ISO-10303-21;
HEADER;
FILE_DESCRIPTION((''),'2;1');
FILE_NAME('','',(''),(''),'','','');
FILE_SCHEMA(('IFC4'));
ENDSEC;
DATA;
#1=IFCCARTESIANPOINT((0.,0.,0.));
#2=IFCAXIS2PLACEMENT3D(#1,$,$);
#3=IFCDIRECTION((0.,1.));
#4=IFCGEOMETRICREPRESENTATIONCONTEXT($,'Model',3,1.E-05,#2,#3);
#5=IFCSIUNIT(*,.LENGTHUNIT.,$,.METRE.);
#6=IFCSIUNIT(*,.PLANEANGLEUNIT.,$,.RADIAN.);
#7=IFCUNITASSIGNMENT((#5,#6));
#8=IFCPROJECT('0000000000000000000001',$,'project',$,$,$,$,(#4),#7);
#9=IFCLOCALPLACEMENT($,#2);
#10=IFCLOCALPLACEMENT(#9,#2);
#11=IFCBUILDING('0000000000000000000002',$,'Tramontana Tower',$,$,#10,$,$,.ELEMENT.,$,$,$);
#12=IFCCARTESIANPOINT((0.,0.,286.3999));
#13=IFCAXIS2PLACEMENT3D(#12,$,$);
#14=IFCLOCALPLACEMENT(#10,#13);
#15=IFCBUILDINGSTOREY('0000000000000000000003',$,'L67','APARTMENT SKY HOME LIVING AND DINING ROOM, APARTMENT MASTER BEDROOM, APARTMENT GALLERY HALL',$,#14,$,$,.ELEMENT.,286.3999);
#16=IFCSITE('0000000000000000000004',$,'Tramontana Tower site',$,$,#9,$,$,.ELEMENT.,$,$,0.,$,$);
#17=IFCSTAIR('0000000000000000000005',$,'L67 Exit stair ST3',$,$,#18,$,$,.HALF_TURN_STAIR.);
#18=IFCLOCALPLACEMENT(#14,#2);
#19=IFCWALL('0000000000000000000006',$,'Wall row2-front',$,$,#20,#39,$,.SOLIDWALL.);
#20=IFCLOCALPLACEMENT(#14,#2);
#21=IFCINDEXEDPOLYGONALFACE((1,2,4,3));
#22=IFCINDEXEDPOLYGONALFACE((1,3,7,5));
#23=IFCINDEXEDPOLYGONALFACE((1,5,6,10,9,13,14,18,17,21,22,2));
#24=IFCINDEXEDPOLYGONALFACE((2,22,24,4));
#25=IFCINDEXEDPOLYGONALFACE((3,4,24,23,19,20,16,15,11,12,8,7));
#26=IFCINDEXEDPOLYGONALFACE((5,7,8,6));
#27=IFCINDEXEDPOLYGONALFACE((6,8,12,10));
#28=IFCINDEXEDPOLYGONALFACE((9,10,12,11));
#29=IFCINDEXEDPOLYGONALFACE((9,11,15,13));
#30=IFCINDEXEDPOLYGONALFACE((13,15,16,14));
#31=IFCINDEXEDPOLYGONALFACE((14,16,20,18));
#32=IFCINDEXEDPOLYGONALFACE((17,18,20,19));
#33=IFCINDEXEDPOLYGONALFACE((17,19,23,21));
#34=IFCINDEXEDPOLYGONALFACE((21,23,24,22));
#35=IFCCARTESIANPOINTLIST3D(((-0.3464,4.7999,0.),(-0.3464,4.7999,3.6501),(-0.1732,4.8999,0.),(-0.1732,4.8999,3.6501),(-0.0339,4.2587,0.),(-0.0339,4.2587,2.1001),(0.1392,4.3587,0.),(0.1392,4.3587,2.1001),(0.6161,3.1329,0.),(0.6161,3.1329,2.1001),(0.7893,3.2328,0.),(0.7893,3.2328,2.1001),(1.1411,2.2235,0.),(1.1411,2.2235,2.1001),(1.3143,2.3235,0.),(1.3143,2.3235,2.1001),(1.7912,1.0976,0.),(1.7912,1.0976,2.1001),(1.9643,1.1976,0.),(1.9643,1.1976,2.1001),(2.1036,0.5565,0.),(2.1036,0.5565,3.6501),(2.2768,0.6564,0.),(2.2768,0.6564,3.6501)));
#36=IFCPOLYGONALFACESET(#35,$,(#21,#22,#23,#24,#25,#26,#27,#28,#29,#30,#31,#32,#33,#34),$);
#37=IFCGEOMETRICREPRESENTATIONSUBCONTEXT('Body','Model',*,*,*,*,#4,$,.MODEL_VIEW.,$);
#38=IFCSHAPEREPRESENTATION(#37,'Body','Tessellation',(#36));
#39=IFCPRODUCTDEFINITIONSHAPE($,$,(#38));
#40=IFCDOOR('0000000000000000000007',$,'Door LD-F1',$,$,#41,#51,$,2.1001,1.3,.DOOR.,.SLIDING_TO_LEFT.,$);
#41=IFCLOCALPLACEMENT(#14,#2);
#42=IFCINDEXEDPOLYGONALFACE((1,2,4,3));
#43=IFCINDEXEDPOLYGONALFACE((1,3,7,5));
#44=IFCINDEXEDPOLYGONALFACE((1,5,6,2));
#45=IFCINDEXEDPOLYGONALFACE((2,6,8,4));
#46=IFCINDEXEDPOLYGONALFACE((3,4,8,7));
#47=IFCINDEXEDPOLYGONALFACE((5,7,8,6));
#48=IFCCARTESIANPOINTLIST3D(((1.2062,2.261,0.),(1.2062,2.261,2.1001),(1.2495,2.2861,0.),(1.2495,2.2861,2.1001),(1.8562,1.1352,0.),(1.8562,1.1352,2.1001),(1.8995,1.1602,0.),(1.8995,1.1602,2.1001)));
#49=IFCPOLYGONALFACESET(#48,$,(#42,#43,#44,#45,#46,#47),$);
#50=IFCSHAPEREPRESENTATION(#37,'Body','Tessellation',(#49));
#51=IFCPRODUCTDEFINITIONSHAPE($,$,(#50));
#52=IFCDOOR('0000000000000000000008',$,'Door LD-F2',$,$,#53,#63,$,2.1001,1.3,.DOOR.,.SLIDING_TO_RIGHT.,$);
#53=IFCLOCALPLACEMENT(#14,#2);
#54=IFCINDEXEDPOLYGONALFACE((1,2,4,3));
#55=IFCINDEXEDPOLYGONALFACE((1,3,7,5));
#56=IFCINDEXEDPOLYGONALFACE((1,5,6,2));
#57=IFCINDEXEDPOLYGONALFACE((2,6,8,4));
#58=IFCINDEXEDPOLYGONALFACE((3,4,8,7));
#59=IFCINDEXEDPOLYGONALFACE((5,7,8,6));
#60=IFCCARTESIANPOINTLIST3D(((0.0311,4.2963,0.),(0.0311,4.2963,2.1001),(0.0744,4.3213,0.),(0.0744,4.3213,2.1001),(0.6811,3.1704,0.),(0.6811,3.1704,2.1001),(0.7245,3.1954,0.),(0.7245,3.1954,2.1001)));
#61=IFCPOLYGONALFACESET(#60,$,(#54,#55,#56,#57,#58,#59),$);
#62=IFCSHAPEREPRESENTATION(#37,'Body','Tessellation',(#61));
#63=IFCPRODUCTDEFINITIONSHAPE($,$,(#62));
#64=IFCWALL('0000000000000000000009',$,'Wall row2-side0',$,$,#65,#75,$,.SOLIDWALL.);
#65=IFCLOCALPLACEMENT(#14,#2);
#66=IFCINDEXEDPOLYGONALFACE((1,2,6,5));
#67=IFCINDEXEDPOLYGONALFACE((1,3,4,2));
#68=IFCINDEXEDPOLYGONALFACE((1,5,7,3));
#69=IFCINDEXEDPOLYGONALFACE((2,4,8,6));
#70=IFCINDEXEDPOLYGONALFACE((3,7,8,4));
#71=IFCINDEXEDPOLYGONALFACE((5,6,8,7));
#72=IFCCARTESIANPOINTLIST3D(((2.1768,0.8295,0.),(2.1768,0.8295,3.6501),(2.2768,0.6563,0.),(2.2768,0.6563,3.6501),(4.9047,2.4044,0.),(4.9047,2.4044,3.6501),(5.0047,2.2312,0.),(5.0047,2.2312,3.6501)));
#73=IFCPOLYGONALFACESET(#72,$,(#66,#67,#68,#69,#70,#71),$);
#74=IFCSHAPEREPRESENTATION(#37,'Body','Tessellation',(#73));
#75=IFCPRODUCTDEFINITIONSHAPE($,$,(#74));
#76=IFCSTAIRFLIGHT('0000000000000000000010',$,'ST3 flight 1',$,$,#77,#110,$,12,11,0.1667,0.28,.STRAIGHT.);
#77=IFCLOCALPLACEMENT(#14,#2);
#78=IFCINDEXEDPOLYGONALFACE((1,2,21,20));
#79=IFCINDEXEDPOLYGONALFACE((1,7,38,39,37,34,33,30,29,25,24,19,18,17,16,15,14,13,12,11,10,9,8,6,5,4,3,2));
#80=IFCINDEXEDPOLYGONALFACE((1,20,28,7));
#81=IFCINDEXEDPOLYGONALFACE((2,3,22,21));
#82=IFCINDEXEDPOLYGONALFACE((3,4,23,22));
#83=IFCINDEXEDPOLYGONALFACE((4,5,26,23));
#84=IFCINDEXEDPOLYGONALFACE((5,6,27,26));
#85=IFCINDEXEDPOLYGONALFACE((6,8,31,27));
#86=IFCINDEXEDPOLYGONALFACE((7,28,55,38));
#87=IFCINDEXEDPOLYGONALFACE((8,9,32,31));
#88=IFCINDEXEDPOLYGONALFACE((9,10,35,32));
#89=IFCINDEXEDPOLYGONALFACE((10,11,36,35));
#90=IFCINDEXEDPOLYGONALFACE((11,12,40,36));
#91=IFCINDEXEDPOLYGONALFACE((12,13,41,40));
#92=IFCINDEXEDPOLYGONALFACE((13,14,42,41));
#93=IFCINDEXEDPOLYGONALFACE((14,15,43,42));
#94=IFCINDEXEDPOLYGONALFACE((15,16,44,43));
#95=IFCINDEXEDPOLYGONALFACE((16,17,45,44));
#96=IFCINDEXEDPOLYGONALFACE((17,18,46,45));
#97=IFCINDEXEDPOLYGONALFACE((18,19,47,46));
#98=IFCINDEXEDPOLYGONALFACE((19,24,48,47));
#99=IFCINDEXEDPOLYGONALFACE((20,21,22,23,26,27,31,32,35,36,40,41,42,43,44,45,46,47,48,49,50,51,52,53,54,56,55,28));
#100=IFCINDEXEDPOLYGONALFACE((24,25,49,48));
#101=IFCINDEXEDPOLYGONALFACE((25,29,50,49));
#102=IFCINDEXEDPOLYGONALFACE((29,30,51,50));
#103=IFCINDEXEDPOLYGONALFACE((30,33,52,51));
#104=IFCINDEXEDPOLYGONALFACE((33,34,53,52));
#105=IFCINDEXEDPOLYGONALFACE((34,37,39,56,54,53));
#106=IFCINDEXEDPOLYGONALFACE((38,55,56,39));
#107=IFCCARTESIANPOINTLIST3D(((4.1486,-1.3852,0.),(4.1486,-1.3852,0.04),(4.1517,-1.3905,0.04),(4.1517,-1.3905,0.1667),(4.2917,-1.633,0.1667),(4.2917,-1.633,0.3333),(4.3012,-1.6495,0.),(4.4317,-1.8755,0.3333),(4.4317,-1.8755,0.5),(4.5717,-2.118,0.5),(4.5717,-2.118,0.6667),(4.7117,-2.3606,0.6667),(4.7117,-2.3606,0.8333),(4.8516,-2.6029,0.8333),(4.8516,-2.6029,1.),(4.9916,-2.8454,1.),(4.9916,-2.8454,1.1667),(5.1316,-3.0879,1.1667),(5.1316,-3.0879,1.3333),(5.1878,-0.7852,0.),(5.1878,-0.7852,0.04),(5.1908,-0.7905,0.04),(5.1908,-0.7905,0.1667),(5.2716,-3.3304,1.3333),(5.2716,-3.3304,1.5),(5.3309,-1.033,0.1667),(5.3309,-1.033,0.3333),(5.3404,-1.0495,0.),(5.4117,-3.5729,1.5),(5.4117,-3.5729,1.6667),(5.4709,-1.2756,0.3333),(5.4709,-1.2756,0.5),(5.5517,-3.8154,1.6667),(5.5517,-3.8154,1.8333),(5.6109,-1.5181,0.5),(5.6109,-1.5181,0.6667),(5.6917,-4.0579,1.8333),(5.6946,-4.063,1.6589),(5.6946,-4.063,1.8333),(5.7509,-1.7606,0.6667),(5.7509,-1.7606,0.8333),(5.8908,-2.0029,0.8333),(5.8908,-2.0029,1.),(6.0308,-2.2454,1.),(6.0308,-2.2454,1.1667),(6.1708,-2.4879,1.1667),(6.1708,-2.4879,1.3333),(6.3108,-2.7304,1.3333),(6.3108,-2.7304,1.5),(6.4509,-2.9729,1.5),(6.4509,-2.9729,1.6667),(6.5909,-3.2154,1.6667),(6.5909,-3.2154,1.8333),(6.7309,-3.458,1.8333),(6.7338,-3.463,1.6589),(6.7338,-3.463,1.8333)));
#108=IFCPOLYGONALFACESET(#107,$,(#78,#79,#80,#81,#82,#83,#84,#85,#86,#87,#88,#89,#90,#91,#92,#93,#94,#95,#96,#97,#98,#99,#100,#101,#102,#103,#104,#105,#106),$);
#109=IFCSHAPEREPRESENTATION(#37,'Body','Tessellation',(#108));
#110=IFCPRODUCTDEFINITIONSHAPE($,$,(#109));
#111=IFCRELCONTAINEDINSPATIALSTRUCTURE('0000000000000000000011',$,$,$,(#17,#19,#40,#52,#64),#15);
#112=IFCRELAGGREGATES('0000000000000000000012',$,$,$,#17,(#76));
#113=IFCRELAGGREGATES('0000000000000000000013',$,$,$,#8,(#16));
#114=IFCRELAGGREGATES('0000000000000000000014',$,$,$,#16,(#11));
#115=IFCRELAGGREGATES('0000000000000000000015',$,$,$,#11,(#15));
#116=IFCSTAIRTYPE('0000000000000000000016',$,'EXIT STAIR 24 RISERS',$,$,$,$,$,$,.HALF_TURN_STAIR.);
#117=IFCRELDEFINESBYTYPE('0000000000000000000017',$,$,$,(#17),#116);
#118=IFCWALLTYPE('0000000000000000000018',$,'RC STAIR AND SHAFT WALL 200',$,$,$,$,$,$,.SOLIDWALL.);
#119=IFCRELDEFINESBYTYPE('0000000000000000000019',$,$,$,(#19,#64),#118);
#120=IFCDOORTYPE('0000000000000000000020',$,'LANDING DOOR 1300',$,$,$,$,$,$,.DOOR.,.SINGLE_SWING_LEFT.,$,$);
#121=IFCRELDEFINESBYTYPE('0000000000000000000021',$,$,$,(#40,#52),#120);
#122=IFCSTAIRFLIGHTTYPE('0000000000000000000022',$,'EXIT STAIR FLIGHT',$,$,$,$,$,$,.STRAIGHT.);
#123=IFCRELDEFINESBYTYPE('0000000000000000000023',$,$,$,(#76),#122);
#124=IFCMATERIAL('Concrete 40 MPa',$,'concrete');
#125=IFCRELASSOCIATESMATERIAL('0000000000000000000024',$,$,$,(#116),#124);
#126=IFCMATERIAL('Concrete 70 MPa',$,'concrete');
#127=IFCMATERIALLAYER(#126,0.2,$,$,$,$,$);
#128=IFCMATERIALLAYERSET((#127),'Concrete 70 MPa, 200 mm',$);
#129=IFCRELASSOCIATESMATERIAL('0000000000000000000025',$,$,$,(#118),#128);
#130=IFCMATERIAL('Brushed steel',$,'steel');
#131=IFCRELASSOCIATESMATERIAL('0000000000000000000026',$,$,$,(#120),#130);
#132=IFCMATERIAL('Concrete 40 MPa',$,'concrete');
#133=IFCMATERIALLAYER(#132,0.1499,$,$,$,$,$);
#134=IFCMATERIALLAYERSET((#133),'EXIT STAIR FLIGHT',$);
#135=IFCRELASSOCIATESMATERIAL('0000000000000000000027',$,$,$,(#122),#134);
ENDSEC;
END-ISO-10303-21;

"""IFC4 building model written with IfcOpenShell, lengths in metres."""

from ifc_helpers import new_model, si_unit, direction, frame, frame_2d, origin, place, context, subcontext, project, spatial, polyline, rectangle, outline, extrude, material, layer, layer_set, type_object, element, fill, aggregate, save


model = new_model("IFC4")

# Units and contexts
model_context = context("Model", 3, precision=1e-05, world=origin(), true_north=direction((0.0, 1.0)))
body_context = subcontext(model_context, "Body", "Model", "MODEL_VIEW")
ifc_project = project(units=[si_unit("LENGTHUNIT", "METRE"), si_unit("PLANEANGLEUNIT", "RADIAN")], contexts=[model_context])

# Site, building, storey
site_placement = place(None, origin())
site = spatial("IfcSite", under=ifc_project, at=site_placement, Name="Tramontana Tower site", CompositionType="ELEMENT", RefElevation=0.0)
building_placement = place(site_placement, origin())
building = spatial("IfcBuilding", under=site, at=building_placement, Name="Tramontana Tower", CompositionType="ELEMENT")
storey_placement = place(building_placement, frame((0.0, 0.0, 286.3999)))
storey = spatial("IfcBuildingStorey", under=building, at=storey_placement, Name="L67", Description="APARTMENT SKY HOME LIVING AND DINING ROOM, APARTMENT MASTER BEDROOM, APARTMENT GALLERY HALL", CompositionType="ELEMENT", Elevation=286.3999)

# Stair
ifc_material_1 = material(Name="Concrete 40 MPa", Category="concrete")
stair_type = type_object("IfcStairType", Name="EXIT STAIR 24 RISERS", PredefinedType="HALF_TURN_STAIR", material=ifc_material_1)
stair_1_placement = place(storey_placement, origin())
stair_1 = element("IfcStair", 1, at=stair_1_placement, inside=storey, type_object=stair_type, Name="L67 Exit stair ST3", PredefinedType="HALF_TURN_STAIR")

# Shared definitions
ifc_material_2 = material(Name="Concrete 70 MPa", Category="concrete")
ifc_layer_1 = layer(ifc_material_2, 0.2)
ifc_layer_set_1 = layer_set([ifc_layer_1], Name="Concrete 70 MPa, 200 mm")
wall_type_1 = type_object("IfcWallType", Name="RC STAIR AND SHAFT WALL 200", PredefinedType="SOLIDWALL", material=ifc_layer_set_1)

# Wall, openings, doors
wall_1_placement = place(storey_placement, frame((2.1902, 0.6064, 0.0), z_axis=(0.0, 0.0, 1.0), x_axis=(-0.500003, 0.866024, 0.0)))
wall_1 = element("IfcWall", 2, at=wall_1_placement, inside=storey, type_object=wall_type_1, Name="Wall row2-front", PredefinedType="SOLIDWALL", context=body_context, shape_type="SweptSolid", body=[
    extrude(rectangle(XDim=4.8999, YDim=0.2, at=frame_2d((2.45, 0.0))), origin(), (0.0, 0.0, 1.0), 3.6501),
])
opening_1_placement = place(wall_1_placement, frame((0.625, 0.0, 0.0)))
opening_1 = element("IfcOpeningElement", 3, at=opening_1_placement, cuts=wall_1, PredefinedType="OPENING", context=body_context, shape_type="SweptSolid", body=[
    extrude(rectangle(XDim=1.3, YDim=2.1001, at=frame_2d((0.6499, 1.05))), frame((0.0, 0.1099, 0.0), z_axis=(0.0, -1.0, 0.0), x_axis=(1.0, 0.0, 0.0)), (0.0, 0.0, 1.0), 0.22),
])
opening_2_placement = place(wall_1_placement, frame((2.9751, 0.0, 0.0)))
opening_2 = element("IfcOpeningElement", 4, at=opening_2_placement, cuts=wall_1, PredefinedType="OPENING", context=body_context, shape_type="SweptSolid", body=[
    extrude(rectangle(XDim=1.3, YDim=2.1001, at=frame_2d((0.6499, 1.05))), frame((0.0, 0.1099, 0.0), z_axis=(0.0, -1.0, 0.0), x_axis=(1.0, 0.0, 0.0)), (0.0, 0.0, 1.0), 0.22),
])
ifc_material_3 = material(Name="Brushed steel", Category="steel")
door_type_1 = type_object("IfcDoorType", Name="LANDING DOOR 1300", OperationType="SINGLE_SWING_LEFT", PredefinedType="DOOR", material=ifc_material_3)
door_1_placement = place(opening_1_placement, origin())
door_1 = element("IfcDoor", 5, at=door_1_placement, inside=storey, type_object=door_type_1, Name="Door LD-F1", OperationType="SLIDING_TO_LEFT", OverallHeight=2.1001, OverallWidth=1.3, PredefinedType="DOOR", context=body_context, shape_type="SweptSolid", body=[
    extrude(rectangle(XDim=1.3, YDim=2.1001, at=frame_2d((0.6499, 1.05))), frame((0.0, 0.0249, 0.0), z_axis=(0.0, -1.0, 0.0), x_axis=(1.0, 0.0, 0.0)), (0.0, 0.0, 1.0), 0.05),
])
fill(opening_1, door_1)
door_2_placement = place(opening_2_placement, origin())
door_2 = element("IfcDoor", 6, at=door_2_placement, inside=storey, type_object=door_type_1, Name="Door LD-F2", OperationType="SLIDING_TO_RIGHT", OverallHeight=2.1001, OverallWidth=1.3, PredefinedType="DOOR", context=body_context, shape_type="SweptSolid", body=[
    extrude(rectangle(XDim=1.3, YDim=2.1001, at=frame_2d((0.6499, 1.05))), frame((0.0, 0.0249, 0.0), z_axis=(0.0, -1.0, 0.0), x_axis=(1.0, 0.0, 0.0)), (0.0, 0.0, 1.0), 0.05),
])
fill(opening_2, door_2)

# Wall
wall_2_placement = place(storey_placement, frame((2.2268, 0.7429, 0.0), z_axis=(0.0, 0.0, 1.0), x_axis=(0.866036, 0.499982, 0.0)))
element("IfcWall", 7, at=wall_2_placement, inside=storey, type_object=wall_type_1, Name="Wall row2-side0", PredefinedType="SOLIDWALL", context=body_context, shape_type="SweptSolid", body=[
    extrude(rectangle(XDim=3.1499, YDim=0.2, at=frame_2d((1.575, 0.0))), origin(), (0.0, 0.0, 1.0), 3.6501),
])

# Stair flight
ifc_material_4 = material(Name="Concrete 40 MPa", Category="concrete")
ifc_layer_2 = layer(ifc_material_4, 0.1499)
ifc_layer_set_2 = layer_set([ifc_layer_2], Name="EXIT STAIR FLIGHT")
stair_flight_type = type_object("IfcStairFlightType", Name="EXIT STAIR FLIGHT", PredefinedType="STRAIGHT", material=ifc_layer_set_2)
stair_flight_placement = place(storey_placement, frame((4.6711, -1.0906, 0.0), z_axis=(0.0, 0.0, 1.0), x_axis=(0.5, -0.866025, 0.0)))
stair_flight = element("IfcStairFlight", 8, at=stair_flight_placement, type_object=stair_flight_type, Name="ST3 flight 1", NumberOfRisers=12, NumberOfTreads=11, PredefinedType="STRAIGHT", RiserHeight=0.1667, TreadLength=0.28, context=body_context, shape_type="SweptSolid", body=[
    extrude(outline(polyline([(-0.0061, 0.0), (-0.0061, 0.04), (0.0, 0.04), (0.0, 0.1667), (0.28, 0.1667), (0.28, 0.3333), (0.5601, 0.3333), (0.5601, 0.5), (0.8401, 0.5), (0.8401, 0.6667), (1.1201, 0.6667), (1.1201, 0.8333), (1.3999, 0.8333), (1.3999, 1.0), (1.6799, 1.0), (1.6799, 1.1667), (1.96, 1.1667), (1.96, 1.3333), (2.24, 1.3333), (2.24, 1.5), (2.52, 1.5), (2.52, 1.6667), (2.8, 1.6667), (2.8, 1.8333), (3.0801, 1.8333), (3.0859, 1.8333), (3.0859, 1.6589), (0.2991, 0.0), (-0.0061, 0.0)])), frame((0.0, 0.6001, 0.0), z_axis=(0.0, -1.0, 0.0), x_axis=(1.0, 0.0, 0.0)), (0.0, 0.0, 1.0), 1.2),
])
aggregate(stair_1, [stair_flight])

save(model, "model.ifc")
